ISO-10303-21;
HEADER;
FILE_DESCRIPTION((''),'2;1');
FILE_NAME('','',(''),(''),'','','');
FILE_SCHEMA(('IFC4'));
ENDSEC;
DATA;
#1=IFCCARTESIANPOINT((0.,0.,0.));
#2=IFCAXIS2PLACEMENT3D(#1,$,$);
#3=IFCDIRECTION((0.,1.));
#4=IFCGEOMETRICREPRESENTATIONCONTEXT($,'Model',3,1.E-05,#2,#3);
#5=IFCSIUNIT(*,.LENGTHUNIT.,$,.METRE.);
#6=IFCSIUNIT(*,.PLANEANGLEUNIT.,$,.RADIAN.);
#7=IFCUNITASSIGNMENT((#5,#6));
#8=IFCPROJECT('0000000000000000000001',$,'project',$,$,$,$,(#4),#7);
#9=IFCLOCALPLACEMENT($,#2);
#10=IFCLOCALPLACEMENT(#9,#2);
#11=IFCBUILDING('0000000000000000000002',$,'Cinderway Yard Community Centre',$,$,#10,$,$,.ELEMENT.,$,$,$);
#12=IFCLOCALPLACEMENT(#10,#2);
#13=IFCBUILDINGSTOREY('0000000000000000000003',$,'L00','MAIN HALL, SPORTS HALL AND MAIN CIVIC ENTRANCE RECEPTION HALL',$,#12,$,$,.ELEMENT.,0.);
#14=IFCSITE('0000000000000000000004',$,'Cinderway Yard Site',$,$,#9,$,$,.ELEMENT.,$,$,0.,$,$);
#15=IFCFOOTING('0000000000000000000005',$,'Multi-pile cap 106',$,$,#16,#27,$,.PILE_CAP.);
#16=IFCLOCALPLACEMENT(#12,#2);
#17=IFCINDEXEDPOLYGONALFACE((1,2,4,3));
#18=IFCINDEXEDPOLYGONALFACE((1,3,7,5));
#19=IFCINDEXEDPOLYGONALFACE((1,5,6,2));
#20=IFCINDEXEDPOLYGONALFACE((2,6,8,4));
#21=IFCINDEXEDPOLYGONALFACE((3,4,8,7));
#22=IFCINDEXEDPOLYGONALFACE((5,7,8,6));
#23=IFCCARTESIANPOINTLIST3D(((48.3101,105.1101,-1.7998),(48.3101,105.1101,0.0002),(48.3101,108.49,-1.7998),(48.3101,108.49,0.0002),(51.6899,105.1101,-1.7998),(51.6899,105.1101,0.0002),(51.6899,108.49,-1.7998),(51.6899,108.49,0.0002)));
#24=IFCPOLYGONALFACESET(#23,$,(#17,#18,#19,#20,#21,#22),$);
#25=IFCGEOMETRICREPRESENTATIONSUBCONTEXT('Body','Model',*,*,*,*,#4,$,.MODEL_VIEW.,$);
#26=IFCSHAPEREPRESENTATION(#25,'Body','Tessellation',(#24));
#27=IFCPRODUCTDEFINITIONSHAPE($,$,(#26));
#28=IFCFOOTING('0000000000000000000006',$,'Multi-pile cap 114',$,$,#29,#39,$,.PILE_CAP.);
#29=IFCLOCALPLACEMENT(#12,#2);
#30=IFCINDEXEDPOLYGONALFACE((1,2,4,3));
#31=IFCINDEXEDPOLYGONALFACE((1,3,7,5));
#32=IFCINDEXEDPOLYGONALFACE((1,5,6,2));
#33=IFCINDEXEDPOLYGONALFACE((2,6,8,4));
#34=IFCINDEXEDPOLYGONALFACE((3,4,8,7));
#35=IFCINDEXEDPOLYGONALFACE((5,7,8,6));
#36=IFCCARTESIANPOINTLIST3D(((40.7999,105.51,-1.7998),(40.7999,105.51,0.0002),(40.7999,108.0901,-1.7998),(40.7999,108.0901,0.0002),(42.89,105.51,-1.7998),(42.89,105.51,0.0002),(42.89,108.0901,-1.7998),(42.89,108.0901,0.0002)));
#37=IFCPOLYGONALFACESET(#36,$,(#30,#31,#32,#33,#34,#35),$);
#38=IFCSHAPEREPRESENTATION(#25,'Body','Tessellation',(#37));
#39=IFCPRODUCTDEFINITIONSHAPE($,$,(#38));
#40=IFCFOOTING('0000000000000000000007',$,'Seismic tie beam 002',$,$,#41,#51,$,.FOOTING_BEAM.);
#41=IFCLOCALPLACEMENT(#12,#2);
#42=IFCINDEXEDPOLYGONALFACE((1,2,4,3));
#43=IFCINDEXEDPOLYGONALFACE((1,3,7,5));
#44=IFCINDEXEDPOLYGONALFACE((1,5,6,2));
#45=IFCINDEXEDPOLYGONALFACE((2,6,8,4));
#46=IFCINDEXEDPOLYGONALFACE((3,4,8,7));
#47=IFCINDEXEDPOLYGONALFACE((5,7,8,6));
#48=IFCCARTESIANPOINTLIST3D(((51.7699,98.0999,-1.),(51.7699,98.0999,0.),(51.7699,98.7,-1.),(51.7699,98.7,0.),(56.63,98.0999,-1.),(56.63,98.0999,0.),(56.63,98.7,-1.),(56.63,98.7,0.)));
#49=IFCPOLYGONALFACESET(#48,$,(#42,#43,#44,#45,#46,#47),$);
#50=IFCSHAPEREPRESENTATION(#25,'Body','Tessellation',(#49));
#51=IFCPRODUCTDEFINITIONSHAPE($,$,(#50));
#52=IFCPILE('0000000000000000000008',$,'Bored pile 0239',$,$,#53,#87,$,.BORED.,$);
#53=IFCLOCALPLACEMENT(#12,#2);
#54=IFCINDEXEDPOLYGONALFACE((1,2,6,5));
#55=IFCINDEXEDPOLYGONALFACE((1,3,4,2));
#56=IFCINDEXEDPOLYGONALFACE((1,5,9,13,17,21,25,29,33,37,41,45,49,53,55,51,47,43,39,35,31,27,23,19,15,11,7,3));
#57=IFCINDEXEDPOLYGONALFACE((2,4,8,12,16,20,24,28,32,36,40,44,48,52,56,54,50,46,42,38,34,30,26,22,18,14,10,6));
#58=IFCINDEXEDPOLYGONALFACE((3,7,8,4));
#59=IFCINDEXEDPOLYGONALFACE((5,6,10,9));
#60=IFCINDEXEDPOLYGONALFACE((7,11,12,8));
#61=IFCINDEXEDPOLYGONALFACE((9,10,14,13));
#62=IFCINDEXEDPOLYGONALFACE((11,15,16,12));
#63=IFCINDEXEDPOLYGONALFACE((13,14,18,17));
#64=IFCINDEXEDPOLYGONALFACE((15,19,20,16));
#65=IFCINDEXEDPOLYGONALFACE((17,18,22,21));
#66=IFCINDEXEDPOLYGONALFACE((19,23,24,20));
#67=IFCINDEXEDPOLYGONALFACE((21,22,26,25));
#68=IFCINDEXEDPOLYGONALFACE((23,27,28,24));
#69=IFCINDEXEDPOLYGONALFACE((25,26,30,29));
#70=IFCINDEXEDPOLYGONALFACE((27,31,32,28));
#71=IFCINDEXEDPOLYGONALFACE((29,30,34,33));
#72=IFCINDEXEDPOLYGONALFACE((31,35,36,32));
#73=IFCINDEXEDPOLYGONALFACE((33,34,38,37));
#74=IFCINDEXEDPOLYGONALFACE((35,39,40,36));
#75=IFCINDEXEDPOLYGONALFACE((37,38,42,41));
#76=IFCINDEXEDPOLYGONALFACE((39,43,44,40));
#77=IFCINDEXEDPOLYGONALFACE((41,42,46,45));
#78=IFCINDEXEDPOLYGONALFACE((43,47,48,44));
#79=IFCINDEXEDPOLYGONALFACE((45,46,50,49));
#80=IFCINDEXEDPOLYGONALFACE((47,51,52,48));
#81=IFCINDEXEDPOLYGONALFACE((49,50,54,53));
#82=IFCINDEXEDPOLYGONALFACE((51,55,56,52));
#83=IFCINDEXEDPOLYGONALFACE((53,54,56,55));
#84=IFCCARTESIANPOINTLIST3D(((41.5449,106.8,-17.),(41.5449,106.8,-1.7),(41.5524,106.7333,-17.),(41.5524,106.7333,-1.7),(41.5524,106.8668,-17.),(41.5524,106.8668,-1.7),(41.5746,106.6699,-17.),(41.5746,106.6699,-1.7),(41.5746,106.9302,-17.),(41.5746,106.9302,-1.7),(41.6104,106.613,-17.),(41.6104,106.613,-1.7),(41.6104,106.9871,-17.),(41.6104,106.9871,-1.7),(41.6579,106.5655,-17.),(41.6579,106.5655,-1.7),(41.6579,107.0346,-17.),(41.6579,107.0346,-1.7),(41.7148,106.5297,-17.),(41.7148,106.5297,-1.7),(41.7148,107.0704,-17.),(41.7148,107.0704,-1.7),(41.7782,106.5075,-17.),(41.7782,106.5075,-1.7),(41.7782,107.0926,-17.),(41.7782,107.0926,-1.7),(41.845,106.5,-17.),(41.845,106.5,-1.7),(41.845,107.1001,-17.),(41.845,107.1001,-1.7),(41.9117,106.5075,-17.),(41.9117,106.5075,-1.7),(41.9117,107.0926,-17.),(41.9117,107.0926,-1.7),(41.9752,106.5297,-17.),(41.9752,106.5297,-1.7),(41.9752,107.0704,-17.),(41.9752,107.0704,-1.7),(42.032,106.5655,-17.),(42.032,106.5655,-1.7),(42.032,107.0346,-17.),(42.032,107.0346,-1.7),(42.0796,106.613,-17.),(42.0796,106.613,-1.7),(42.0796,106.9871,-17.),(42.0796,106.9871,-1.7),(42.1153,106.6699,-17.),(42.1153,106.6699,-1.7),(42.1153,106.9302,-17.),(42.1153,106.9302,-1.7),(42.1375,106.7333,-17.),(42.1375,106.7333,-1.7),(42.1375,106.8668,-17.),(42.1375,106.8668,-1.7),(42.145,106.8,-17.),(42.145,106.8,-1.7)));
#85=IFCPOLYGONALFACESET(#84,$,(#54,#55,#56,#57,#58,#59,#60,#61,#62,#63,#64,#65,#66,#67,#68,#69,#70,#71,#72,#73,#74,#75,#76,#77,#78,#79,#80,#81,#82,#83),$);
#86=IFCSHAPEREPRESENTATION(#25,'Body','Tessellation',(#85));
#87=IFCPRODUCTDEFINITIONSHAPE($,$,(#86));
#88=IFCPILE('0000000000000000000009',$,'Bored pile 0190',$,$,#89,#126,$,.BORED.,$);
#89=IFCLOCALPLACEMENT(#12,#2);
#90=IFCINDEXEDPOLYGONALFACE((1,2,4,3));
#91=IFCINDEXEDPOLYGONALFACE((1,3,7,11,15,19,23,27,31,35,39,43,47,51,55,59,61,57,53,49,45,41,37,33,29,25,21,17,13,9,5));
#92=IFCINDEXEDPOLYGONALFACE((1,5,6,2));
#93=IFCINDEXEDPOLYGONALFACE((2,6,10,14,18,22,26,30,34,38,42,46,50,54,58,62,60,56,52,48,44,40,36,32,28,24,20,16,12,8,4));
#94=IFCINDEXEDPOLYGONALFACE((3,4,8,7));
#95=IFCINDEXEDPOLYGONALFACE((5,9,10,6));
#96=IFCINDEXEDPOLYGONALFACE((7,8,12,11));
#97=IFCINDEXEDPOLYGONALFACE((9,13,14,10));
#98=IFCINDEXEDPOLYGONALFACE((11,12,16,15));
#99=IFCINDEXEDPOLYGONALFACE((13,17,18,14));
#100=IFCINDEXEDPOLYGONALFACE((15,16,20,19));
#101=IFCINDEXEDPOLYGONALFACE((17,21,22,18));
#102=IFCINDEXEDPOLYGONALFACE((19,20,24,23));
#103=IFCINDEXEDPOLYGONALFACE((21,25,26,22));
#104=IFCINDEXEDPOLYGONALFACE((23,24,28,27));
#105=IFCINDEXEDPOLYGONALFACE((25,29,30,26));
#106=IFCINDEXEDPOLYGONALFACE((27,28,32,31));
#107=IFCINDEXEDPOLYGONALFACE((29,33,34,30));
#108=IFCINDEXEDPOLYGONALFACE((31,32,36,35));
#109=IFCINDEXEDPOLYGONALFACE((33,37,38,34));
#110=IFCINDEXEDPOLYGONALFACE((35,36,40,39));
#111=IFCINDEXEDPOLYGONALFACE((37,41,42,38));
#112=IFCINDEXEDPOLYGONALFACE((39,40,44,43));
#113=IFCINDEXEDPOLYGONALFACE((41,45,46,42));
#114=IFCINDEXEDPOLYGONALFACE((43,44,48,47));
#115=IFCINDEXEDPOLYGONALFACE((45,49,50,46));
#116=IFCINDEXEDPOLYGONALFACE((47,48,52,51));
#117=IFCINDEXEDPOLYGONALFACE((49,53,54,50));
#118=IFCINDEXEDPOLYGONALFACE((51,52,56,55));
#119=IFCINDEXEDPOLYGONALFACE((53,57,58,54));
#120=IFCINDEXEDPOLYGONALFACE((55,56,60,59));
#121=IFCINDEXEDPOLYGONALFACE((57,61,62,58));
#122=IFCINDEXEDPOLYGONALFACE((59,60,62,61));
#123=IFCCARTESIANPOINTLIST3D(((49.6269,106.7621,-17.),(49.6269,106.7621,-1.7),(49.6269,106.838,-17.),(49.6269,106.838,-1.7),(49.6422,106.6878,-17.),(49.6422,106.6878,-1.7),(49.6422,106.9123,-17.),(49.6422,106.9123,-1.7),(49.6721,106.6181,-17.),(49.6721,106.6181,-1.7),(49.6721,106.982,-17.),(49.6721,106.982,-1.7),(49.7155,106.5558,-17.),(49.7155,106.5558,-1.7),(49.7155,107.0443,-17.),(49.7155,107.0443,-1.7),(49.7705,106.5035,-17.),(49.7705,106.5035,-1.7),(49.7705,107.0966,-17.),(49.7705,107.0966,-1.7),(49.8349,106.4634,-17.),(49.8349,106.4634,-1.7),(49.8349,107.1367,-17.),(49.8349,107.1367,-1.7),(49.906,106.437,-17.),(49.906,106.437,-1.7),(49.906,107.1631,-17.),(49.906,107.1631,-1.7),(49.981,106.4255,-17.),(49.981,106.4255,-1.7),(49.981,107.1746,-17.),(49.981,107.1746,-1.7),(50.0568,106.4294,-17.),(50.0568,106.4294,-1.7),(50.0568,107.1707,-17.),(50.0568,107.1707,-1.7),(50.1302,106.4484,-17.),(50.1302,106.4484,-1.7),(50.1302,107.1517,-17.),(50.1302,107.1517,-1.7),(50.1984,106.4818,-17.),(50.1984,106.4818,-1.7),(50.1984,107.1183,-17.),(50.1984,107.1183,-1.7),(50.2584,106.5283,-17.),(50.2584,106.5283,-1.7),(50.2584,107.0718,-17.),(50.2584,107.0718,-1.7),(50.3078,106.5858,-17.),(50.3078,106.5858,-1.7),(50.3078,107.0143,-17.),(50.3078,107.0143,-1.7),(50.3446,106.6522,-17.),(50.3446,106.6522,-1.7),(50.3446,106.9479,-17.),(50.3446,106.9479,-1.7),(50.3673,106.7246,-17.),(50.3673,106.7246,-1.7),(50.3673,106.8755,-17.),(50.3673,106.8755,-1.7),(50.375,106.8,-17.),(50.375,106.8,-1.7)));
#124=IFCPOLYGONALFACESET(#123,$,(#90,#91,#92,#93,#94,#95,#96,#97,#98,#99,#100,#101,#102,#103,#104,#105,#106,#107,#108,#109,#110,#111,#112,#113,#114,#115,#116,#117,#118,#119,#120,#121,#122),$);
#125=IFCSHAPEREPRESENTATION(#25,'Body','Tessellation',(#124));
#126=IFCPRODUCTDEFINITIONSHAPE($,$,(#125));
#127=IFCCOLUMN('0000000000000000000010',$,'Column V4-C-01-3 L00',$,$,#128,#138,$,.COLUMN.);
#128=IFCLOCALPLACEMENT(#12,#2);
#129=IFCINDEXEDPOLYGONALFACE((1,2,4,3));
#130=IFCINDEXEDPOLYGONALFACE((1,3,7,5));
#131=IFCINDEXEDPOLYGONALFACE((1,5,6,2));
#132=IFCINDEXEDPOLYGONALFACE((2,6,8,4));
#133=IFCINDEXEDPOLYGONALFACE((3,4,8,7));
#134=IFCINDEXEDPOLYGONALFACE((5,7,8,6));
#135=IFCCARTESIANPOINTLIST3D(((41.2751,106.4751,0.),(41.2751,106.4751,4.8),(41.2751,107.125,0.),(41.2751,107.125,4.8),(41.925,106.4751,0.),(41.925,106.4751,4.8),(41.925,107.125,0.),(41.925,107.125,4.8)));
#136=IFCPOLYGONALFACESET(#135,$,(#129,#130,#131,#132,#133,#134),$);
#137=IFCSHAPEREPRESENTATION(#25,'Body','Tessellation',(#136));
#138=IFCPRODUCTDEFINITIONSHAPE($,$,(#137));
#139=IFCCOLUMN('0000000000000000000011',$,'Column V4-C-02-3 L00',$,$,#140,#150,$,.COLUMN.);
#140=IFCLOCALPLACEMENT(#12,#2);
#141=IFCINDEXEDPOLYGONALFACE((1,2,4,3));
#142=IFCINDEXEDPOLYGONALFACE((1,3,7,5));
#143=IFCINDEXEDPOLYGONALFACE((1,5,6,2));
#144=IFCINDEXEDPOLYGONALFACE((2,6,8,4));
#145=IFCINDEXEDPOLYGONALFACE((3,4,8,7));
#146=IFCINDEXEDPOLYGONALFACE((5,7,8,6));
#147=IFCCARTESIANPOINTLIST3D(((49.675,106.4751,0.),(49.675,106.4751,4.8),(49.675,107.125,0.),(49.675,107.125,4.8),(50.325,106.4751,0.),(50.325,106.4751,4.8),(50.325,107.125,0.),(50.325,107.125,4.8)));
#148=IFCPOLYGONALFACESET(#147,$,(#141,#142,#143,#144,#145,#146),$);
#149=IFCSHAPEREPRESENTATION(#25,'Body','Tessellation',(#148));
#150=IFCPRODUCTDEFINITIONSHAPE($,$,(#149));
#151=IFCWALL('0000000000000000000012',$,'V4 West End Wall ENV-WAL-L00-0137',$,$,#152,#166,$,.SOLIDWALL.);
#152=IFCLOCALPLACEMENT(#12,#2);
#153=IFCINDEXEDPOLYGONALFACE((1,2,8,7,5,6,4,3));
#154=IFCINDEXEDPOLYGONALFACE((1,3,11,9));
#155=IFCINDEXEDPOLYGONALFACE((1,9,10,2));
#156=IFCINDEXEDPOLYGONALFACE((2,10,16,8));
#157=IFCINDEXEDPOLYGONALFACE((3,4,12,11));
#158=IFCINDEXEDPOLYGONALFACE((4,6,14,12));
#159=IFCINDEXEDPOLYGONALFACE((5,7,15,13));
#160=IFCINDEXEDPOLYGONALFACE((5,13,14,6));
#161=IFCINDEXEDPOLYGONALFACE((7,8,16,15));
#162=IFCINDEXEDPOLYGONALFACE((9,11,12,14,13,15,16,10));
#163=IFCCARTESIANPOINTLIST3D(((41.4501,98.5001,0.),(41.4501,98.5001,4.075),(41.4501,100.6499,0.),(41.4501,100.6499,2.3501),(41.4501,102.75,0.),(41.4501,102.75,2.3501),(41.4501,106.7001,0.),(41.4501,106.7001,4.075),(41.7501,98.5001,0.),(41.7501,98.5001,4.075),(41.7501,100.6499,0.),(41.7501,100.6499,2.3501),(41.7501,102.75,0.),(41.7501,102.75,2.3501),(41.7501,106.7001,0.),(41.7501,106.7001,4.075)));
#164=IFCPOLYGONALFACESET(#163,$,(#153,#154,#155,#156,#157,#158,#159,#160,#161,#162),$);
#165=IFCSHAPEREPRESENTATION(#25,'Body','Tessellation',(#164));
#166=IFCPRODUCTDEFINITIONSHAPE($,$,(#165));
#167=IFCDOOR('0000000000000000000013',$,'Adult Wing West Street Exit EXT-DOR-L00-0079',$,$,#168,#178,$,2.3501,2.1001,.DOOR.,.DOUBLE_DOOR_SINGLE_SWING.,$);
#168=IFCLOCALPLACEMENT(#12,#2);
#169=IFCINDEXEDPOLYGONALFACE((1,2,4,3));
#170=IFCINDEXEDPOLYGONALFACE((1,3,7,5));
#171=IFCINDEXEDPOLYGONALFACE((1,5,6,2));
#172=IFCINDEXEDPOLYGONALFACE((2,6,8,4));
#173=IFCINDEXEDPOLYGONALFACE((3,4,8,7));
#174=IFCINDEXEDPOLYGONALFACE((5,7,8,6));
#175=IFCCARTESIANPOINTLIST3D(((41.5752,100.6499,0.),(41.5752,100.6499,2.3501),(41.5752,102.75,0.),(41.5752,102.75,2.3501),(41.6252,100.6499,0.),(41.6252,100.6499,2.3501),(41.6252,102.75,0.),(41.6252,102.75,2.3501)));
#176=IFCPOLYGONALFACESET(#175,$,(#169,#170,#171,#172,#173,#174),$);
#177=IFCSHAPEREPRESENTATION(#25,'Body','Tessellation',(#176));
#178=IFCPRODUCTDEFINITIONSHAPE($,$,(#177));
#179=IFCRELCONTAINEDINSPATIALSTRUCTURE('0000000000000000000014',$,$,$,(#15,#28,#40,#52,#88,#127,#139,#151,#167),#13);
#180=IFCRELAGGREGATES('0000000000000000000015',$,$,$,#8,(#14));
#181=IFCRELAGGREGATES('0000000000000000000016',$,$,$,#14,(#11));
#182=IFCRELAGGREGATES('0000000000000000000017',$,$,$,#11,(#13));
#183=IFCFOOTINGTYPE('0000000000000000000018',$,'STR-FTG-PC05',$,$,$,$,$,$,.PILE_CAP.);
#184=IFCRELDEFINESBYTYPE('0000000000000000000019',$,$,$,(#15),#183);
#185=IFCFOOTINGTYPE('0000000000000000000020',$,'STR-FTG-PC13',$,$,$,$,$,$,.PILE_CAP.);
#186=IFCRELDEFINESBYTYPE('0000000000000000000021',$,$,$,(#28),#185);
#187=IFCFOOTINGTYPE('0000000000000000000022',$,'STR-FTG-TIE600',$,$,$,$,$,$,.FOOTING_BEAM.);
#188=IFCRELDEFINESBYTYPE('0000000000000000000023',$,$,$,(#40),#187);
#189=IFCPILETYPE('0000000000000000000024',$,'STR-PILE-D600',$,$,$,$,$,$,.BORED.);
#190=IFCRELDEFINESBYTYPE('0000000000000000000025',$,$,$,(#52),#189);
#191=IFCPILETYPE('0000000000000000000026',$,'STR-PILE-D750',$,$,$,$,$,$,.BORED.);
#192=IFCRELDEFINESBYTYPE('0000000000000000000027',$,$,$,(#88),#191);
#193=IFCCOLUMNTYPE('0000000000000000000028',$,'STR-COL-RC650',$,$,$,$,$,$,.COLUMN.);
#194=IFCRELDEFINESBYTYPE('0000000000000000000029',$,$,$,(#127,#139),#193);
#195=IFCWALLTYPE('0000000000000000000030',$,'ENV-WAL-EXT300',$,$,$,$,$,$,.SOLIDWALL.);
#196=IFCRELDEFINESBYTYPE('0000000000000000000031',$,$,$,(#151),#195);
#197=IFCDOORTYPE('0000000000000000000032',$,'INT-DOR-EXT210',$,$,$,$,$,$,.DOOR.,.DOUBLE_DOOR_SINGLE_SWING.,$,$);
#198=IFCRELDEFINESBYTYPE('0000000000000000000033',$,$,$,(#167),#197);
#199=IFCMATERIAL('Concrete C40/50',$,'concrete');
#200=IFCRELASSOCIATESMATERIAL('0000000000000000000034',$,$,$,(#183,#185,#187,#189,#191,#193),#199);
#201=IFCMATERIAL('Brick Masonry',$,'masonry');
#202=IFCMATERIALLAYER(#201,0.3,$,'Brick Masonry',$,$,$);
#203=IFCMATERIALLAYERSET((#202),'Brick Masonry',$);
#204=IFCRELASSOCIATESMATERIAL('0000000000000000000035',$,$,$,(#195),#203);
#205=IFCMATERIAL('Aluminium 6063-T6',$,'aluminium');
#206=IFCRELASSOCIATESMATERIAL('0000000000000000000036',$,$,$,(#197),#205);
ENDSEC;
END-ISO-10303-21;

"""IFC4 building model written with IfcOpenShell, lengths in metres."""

from ifc_helpers import new_model, si_unit, direction, frame, frame_2d, origin, origin_2d, place, context, subcontext, project, spatial, rectangle, circle, extrude, material, layer, layer_set, material_profile, profile_set, type_object, element, fill, save


model = new_model("IFC4")

# Units and contexts
model_context = context("Model", 3, precision=1e-05, world=origin(), true_north=direction((0.0, 1.0)))
body_context = subcontext(model_context, "Body", "Model", "MODEL_VIEW")
ifc_project = project(units=[si_unit("LENGTHUNIT", "METRE"), si_unit("PLANEANGLEUNIT", "RADIAN")], contexts=[model_context])

# Site, building, storey
site_placement = place(None, origin())
site = spatial("IfcSite", under=ifc_project, at=site_placement, Name="Cinderway Yard Site", CompositionType="ELEMENT", RefElevation=0.0)
building_placement = place(site_placement, origin())
building = spatial("IfcBuilding", under=site, at=building_placement, Name="Cinderway Yard Community Centre", CompositionType="ELEMENT")
storey_placement = place(building_placement, origin())
storey = spatial("IfcBuildingStorey", under=building, at=storey_placement, Name="L00", Description="MAIN HALL, SPORTS HALL AND MAIN CIVIC ENTRANCE RECEPTION HALL", CompositionType="ELEMENT", Elevation=0.0)

# Footings
ifc_material_1 = material(Name="Concrete C40/50", Category="concrete")
footing_type_1 = type_object("IfcFootingType", Name="STR-FTG-PC05", PredefinedType="PILE_CAP", material=ifc_material_1)
footing_1_placement = place(storey_placement, frame((50.0, 106.8, -1.7998), z_axis=(0.0, 0.0, 1.0), x_axis=(1.0, 0.0, 0.0)))
element("IfcFooting", 1, at=footing_1_placement, inside=storey, type_object=footing_type_1, Name="Multi-pile cap 106", PredefinedType="PILE_CAP", context=body_context, shape_type="SweptSolid", body=[
    extrude(rectangle(XDim=3.3799, YDim=3.3799, at=origin_2d()), origin(), (0.0, 0.0, 1.0), 1.8),
])
footing_type_2 = type_object("IfcFootingType", Name="STR-FTG-PC13", PredefinedType="PILE_CAP", material=ifc_material_1)
footing_2_placement = place(storey_placement, frame((41.845, 106.8, -1.7998), z_axis=(0.0, 0.0, 1.0), x_axis=(1.0, 0.0, 0.0)))
element("IfcFooting", 2, at=footing_2_placement, inside=storey, type_object=footing_type_2, Name="Multi-pile cap 114", PredefinedType="PILE_CAP", context=body_context, shape_type="SweptSolid", body=[
    extrude(rectangle(XDim=2.0901, YDim=2.5801, at=origin_2d()), origin(), (0.0, 0.0, 1.0), 1.8),
])
footing_type_3 = type_object("IfcFootingType", Name="STR-FTG-TIE600", PredefinedType="FOOTING_BEAM", material=ifc_material_1)
footing_3_placement = place(storey_placement, frame((54.2, 98.3999, -1.0), z_axis=(0.0, 0.0, 1.0), x_axis=(1.0, 0.0, 0.0)))
element("IfcFooting", 3, at=footing_3_placement, inside=storey, type_object=footing_type_3, Name="Seismic tie beam 002", PredefinedType="FOOTING_BEAM", context=body_context, shape_type="SweptSolid", body=[
    extrude(rectangle(XDim=4.8601, YDim=0.6001, at=origin_2d()), origin(), (0.0, 0.0, 1.0), 1.0),
])

# Piles
ifc_material_profile_1 = material_profile(ifc_material_1, circle(Radius=0.3, at=origin_2d()), Name="Concrete C40/50")
ifc_profile_set_1 = profile_set([ifc_material_profile_1], Name="Concrete C40/50")
pile_type_1 = type_object("IfcPileType", Name="STR-PILE-D600", PredefinedType="BORED", material=ifc_profile_set_1)
pile_1_placement = place(storey_placement, frame((41.845, 106.8, -1.7), z_axis=(0.0, 0.0, -1.0), x_axis=(1.0, 0.0, 0.0)))
element("IfcPile", 4, at=pile_1_placement, inside=storey, type_object=pile_type_1, Name="Bored pile 0239", PredefinedType="BORED", context=body_context, shape_type="SweptSolid", body=[
    extrude(circle(Radius=0.3, at=origin_2d()), origin(), (0.0, 0.0, 1.0), 15.3),
])
ifc_material_profile_2 = material_profile(ifc_material_1, circle(Radius=0.375, at=origin_2d()), Name="Concrete C40/50")
ifc_profile_set_2 = profile_set([ifc_material_profile_2], Name="Concrete C40/50")
pile_type_2 = type_object("IfcPileType", Name="STR-PILE-D750", PredefinedType="BORED", material=ifc_profile_set_2)
pile_2_placement = place(storey_placement, frame((50.0, 106.8, -1.7), z_axis=(0.0, 0.0, -1.0), x_axis=(1.0, 0.0, 0.0)))
element("IfcPile", 5, at=pile_2_placement, inside=storey, type_object=pile_type_2, Name="Bored pile 0190", PredefinedType="BORED", context=body_context, shape_type="SweptSolid", body=[
    extrude(circle(Radius=0.375, at=origin_2d()), origin(), (0.0, 0.0, 1.0), 15.3),
])

# Columns
ifc_material_profile_3 = material_profile(ifc_material_1, rectangle(XDim=0.6499, YDim=0.6499, at=origin_2d()), Name="Concrete C40/50")
ifc_profile_set_3 = profile_set([ifc_material_profile_3], Name="Concrete C40/50")
column_type = type_object("IfcColumnType", Name="STR-COL-RC650", PredefinedType="COLUMN", material=ifc_profile_set_3)
for number, where, z_axis, x_axis, name in (
    (6, (41.6001, 106.8, 0.0), (0.0, 0.0, 1.0), (1.0, 0.0, 0.0), "Column V4-C-01-3 L00"),
    (7, (50.0, 106.8, 0.0), (0.0, 0.0, 1.0), (1.0, 0.0, 0.0), "Column V4-C-02-3 L00"),
):
    element("IfcColumn", number, at=place(storey_placement, frame(where, z_axis=z_axis, x_axis=x_axis)), inside=storey, type_object=column_type, Name=name, PredefinedType="COLUMN", context=body_context, shape_type="SweptSolid", body=[
        extrude(rectangle(XDim=0.6499, YDim=0.6499, at=origin_2d()), origin(), (0.0, 0.0, 1.0), 4.8),
    ])

# Wall, opening, door
ifc_material_2 = material(Name="Brick Masonry", Category="masonry")
ifc_layer_1 = layer(ifc_material_2, 0.3, Name="Brick Masonry")
ifc_layer_set_1 = layer_set([ifc_layer_1], Name="Brick Masonry")
wall_type_1 = type_object("IfcWallType", Name="ENV-WAL-EXT300", PredefinedType="SOLIDWALL", material=ifc_layer_set_1)
wall_1_placement = place(storey_placement, frame((41.6001, 98.5, 0.0), z_axis=(0.0, 0.0, 1.0), x_axis=(0.0, 1.0, 0.0)))
wall_1 = element("IfcWall", 8, at=wall_1_placement, inside=storey, type_object=wall_type_1, Name="V4 West End Wall ENV-WAL-L00-0137", PredefinedType="SOLIDWALL", context=body_context, shape_type="SweptSolid", body=[
    extrude(rectangle(XDim=8.2, YDim=0.3, at=frame_2d((4.1001, 0.0))), origin(), (0.0, 0.0, 1.0), 4.075),
])
opening_1_placement = place(wall_1_placement, frame((2.1499, 0.0, 0.0)))
opening_1 = element("IfcOpeningElement", 9, at=opening_1_placement, cuts=wall_1, PredefinedType="OPENING", context=body_context, shape_type="SweptSolid", body=[
    extrude(rectangle(XDim=2.1001, YDim=2.3501, at=frame_2d((1.05, 1.175))), frame((0.0, 0.1599, 0.0), z_axis=(0.0, -1.0, 0.0), x_axis=(1.0, 0.0, 0.0)), (0.0, 0.0, 1.0), 0.3201),
])
ifc_material_3 = material(Name="Aluminium 6063-T6", Category="aluminium")
door_type_1 = type_object("IfcDoorType", Name="INT-DOR-EXT210", OperationType="DOUBLE_DOOR_SINGLE_SWING", PredefinedType="DOOR", material=ifc_material_3)
door_1_placement = place(opening_1_placement, origin())
door_1 = element("IfcDoor", 10, at=door_1_placement, inside=storey, type_object=door_type_1, Name="Adult Wing West Street Exit EXT-DOR-L00-0079", OperationType="DOUBLE_DOOR_SINGLE_SWING", OverallHeight=2.3501, OverallWidth=2.1001, PredefinedType="DOOR", context=body_context, shape_type="SweptSolid", body=[
    extrude(rectangle(XDim=2.1001, YDim=2.3501, at=frame_2d((1.05, 1.175))), frame((0.0, 0.0249, 0.0), z_axis=(0.0, -1.0, 0.0), x_axis=(1.0, 0.0, 0.0)), (0.0, 0.0, 1.0), 0.05),
])
fill(opening_1, door_1)

save(model, "model.ifc")
